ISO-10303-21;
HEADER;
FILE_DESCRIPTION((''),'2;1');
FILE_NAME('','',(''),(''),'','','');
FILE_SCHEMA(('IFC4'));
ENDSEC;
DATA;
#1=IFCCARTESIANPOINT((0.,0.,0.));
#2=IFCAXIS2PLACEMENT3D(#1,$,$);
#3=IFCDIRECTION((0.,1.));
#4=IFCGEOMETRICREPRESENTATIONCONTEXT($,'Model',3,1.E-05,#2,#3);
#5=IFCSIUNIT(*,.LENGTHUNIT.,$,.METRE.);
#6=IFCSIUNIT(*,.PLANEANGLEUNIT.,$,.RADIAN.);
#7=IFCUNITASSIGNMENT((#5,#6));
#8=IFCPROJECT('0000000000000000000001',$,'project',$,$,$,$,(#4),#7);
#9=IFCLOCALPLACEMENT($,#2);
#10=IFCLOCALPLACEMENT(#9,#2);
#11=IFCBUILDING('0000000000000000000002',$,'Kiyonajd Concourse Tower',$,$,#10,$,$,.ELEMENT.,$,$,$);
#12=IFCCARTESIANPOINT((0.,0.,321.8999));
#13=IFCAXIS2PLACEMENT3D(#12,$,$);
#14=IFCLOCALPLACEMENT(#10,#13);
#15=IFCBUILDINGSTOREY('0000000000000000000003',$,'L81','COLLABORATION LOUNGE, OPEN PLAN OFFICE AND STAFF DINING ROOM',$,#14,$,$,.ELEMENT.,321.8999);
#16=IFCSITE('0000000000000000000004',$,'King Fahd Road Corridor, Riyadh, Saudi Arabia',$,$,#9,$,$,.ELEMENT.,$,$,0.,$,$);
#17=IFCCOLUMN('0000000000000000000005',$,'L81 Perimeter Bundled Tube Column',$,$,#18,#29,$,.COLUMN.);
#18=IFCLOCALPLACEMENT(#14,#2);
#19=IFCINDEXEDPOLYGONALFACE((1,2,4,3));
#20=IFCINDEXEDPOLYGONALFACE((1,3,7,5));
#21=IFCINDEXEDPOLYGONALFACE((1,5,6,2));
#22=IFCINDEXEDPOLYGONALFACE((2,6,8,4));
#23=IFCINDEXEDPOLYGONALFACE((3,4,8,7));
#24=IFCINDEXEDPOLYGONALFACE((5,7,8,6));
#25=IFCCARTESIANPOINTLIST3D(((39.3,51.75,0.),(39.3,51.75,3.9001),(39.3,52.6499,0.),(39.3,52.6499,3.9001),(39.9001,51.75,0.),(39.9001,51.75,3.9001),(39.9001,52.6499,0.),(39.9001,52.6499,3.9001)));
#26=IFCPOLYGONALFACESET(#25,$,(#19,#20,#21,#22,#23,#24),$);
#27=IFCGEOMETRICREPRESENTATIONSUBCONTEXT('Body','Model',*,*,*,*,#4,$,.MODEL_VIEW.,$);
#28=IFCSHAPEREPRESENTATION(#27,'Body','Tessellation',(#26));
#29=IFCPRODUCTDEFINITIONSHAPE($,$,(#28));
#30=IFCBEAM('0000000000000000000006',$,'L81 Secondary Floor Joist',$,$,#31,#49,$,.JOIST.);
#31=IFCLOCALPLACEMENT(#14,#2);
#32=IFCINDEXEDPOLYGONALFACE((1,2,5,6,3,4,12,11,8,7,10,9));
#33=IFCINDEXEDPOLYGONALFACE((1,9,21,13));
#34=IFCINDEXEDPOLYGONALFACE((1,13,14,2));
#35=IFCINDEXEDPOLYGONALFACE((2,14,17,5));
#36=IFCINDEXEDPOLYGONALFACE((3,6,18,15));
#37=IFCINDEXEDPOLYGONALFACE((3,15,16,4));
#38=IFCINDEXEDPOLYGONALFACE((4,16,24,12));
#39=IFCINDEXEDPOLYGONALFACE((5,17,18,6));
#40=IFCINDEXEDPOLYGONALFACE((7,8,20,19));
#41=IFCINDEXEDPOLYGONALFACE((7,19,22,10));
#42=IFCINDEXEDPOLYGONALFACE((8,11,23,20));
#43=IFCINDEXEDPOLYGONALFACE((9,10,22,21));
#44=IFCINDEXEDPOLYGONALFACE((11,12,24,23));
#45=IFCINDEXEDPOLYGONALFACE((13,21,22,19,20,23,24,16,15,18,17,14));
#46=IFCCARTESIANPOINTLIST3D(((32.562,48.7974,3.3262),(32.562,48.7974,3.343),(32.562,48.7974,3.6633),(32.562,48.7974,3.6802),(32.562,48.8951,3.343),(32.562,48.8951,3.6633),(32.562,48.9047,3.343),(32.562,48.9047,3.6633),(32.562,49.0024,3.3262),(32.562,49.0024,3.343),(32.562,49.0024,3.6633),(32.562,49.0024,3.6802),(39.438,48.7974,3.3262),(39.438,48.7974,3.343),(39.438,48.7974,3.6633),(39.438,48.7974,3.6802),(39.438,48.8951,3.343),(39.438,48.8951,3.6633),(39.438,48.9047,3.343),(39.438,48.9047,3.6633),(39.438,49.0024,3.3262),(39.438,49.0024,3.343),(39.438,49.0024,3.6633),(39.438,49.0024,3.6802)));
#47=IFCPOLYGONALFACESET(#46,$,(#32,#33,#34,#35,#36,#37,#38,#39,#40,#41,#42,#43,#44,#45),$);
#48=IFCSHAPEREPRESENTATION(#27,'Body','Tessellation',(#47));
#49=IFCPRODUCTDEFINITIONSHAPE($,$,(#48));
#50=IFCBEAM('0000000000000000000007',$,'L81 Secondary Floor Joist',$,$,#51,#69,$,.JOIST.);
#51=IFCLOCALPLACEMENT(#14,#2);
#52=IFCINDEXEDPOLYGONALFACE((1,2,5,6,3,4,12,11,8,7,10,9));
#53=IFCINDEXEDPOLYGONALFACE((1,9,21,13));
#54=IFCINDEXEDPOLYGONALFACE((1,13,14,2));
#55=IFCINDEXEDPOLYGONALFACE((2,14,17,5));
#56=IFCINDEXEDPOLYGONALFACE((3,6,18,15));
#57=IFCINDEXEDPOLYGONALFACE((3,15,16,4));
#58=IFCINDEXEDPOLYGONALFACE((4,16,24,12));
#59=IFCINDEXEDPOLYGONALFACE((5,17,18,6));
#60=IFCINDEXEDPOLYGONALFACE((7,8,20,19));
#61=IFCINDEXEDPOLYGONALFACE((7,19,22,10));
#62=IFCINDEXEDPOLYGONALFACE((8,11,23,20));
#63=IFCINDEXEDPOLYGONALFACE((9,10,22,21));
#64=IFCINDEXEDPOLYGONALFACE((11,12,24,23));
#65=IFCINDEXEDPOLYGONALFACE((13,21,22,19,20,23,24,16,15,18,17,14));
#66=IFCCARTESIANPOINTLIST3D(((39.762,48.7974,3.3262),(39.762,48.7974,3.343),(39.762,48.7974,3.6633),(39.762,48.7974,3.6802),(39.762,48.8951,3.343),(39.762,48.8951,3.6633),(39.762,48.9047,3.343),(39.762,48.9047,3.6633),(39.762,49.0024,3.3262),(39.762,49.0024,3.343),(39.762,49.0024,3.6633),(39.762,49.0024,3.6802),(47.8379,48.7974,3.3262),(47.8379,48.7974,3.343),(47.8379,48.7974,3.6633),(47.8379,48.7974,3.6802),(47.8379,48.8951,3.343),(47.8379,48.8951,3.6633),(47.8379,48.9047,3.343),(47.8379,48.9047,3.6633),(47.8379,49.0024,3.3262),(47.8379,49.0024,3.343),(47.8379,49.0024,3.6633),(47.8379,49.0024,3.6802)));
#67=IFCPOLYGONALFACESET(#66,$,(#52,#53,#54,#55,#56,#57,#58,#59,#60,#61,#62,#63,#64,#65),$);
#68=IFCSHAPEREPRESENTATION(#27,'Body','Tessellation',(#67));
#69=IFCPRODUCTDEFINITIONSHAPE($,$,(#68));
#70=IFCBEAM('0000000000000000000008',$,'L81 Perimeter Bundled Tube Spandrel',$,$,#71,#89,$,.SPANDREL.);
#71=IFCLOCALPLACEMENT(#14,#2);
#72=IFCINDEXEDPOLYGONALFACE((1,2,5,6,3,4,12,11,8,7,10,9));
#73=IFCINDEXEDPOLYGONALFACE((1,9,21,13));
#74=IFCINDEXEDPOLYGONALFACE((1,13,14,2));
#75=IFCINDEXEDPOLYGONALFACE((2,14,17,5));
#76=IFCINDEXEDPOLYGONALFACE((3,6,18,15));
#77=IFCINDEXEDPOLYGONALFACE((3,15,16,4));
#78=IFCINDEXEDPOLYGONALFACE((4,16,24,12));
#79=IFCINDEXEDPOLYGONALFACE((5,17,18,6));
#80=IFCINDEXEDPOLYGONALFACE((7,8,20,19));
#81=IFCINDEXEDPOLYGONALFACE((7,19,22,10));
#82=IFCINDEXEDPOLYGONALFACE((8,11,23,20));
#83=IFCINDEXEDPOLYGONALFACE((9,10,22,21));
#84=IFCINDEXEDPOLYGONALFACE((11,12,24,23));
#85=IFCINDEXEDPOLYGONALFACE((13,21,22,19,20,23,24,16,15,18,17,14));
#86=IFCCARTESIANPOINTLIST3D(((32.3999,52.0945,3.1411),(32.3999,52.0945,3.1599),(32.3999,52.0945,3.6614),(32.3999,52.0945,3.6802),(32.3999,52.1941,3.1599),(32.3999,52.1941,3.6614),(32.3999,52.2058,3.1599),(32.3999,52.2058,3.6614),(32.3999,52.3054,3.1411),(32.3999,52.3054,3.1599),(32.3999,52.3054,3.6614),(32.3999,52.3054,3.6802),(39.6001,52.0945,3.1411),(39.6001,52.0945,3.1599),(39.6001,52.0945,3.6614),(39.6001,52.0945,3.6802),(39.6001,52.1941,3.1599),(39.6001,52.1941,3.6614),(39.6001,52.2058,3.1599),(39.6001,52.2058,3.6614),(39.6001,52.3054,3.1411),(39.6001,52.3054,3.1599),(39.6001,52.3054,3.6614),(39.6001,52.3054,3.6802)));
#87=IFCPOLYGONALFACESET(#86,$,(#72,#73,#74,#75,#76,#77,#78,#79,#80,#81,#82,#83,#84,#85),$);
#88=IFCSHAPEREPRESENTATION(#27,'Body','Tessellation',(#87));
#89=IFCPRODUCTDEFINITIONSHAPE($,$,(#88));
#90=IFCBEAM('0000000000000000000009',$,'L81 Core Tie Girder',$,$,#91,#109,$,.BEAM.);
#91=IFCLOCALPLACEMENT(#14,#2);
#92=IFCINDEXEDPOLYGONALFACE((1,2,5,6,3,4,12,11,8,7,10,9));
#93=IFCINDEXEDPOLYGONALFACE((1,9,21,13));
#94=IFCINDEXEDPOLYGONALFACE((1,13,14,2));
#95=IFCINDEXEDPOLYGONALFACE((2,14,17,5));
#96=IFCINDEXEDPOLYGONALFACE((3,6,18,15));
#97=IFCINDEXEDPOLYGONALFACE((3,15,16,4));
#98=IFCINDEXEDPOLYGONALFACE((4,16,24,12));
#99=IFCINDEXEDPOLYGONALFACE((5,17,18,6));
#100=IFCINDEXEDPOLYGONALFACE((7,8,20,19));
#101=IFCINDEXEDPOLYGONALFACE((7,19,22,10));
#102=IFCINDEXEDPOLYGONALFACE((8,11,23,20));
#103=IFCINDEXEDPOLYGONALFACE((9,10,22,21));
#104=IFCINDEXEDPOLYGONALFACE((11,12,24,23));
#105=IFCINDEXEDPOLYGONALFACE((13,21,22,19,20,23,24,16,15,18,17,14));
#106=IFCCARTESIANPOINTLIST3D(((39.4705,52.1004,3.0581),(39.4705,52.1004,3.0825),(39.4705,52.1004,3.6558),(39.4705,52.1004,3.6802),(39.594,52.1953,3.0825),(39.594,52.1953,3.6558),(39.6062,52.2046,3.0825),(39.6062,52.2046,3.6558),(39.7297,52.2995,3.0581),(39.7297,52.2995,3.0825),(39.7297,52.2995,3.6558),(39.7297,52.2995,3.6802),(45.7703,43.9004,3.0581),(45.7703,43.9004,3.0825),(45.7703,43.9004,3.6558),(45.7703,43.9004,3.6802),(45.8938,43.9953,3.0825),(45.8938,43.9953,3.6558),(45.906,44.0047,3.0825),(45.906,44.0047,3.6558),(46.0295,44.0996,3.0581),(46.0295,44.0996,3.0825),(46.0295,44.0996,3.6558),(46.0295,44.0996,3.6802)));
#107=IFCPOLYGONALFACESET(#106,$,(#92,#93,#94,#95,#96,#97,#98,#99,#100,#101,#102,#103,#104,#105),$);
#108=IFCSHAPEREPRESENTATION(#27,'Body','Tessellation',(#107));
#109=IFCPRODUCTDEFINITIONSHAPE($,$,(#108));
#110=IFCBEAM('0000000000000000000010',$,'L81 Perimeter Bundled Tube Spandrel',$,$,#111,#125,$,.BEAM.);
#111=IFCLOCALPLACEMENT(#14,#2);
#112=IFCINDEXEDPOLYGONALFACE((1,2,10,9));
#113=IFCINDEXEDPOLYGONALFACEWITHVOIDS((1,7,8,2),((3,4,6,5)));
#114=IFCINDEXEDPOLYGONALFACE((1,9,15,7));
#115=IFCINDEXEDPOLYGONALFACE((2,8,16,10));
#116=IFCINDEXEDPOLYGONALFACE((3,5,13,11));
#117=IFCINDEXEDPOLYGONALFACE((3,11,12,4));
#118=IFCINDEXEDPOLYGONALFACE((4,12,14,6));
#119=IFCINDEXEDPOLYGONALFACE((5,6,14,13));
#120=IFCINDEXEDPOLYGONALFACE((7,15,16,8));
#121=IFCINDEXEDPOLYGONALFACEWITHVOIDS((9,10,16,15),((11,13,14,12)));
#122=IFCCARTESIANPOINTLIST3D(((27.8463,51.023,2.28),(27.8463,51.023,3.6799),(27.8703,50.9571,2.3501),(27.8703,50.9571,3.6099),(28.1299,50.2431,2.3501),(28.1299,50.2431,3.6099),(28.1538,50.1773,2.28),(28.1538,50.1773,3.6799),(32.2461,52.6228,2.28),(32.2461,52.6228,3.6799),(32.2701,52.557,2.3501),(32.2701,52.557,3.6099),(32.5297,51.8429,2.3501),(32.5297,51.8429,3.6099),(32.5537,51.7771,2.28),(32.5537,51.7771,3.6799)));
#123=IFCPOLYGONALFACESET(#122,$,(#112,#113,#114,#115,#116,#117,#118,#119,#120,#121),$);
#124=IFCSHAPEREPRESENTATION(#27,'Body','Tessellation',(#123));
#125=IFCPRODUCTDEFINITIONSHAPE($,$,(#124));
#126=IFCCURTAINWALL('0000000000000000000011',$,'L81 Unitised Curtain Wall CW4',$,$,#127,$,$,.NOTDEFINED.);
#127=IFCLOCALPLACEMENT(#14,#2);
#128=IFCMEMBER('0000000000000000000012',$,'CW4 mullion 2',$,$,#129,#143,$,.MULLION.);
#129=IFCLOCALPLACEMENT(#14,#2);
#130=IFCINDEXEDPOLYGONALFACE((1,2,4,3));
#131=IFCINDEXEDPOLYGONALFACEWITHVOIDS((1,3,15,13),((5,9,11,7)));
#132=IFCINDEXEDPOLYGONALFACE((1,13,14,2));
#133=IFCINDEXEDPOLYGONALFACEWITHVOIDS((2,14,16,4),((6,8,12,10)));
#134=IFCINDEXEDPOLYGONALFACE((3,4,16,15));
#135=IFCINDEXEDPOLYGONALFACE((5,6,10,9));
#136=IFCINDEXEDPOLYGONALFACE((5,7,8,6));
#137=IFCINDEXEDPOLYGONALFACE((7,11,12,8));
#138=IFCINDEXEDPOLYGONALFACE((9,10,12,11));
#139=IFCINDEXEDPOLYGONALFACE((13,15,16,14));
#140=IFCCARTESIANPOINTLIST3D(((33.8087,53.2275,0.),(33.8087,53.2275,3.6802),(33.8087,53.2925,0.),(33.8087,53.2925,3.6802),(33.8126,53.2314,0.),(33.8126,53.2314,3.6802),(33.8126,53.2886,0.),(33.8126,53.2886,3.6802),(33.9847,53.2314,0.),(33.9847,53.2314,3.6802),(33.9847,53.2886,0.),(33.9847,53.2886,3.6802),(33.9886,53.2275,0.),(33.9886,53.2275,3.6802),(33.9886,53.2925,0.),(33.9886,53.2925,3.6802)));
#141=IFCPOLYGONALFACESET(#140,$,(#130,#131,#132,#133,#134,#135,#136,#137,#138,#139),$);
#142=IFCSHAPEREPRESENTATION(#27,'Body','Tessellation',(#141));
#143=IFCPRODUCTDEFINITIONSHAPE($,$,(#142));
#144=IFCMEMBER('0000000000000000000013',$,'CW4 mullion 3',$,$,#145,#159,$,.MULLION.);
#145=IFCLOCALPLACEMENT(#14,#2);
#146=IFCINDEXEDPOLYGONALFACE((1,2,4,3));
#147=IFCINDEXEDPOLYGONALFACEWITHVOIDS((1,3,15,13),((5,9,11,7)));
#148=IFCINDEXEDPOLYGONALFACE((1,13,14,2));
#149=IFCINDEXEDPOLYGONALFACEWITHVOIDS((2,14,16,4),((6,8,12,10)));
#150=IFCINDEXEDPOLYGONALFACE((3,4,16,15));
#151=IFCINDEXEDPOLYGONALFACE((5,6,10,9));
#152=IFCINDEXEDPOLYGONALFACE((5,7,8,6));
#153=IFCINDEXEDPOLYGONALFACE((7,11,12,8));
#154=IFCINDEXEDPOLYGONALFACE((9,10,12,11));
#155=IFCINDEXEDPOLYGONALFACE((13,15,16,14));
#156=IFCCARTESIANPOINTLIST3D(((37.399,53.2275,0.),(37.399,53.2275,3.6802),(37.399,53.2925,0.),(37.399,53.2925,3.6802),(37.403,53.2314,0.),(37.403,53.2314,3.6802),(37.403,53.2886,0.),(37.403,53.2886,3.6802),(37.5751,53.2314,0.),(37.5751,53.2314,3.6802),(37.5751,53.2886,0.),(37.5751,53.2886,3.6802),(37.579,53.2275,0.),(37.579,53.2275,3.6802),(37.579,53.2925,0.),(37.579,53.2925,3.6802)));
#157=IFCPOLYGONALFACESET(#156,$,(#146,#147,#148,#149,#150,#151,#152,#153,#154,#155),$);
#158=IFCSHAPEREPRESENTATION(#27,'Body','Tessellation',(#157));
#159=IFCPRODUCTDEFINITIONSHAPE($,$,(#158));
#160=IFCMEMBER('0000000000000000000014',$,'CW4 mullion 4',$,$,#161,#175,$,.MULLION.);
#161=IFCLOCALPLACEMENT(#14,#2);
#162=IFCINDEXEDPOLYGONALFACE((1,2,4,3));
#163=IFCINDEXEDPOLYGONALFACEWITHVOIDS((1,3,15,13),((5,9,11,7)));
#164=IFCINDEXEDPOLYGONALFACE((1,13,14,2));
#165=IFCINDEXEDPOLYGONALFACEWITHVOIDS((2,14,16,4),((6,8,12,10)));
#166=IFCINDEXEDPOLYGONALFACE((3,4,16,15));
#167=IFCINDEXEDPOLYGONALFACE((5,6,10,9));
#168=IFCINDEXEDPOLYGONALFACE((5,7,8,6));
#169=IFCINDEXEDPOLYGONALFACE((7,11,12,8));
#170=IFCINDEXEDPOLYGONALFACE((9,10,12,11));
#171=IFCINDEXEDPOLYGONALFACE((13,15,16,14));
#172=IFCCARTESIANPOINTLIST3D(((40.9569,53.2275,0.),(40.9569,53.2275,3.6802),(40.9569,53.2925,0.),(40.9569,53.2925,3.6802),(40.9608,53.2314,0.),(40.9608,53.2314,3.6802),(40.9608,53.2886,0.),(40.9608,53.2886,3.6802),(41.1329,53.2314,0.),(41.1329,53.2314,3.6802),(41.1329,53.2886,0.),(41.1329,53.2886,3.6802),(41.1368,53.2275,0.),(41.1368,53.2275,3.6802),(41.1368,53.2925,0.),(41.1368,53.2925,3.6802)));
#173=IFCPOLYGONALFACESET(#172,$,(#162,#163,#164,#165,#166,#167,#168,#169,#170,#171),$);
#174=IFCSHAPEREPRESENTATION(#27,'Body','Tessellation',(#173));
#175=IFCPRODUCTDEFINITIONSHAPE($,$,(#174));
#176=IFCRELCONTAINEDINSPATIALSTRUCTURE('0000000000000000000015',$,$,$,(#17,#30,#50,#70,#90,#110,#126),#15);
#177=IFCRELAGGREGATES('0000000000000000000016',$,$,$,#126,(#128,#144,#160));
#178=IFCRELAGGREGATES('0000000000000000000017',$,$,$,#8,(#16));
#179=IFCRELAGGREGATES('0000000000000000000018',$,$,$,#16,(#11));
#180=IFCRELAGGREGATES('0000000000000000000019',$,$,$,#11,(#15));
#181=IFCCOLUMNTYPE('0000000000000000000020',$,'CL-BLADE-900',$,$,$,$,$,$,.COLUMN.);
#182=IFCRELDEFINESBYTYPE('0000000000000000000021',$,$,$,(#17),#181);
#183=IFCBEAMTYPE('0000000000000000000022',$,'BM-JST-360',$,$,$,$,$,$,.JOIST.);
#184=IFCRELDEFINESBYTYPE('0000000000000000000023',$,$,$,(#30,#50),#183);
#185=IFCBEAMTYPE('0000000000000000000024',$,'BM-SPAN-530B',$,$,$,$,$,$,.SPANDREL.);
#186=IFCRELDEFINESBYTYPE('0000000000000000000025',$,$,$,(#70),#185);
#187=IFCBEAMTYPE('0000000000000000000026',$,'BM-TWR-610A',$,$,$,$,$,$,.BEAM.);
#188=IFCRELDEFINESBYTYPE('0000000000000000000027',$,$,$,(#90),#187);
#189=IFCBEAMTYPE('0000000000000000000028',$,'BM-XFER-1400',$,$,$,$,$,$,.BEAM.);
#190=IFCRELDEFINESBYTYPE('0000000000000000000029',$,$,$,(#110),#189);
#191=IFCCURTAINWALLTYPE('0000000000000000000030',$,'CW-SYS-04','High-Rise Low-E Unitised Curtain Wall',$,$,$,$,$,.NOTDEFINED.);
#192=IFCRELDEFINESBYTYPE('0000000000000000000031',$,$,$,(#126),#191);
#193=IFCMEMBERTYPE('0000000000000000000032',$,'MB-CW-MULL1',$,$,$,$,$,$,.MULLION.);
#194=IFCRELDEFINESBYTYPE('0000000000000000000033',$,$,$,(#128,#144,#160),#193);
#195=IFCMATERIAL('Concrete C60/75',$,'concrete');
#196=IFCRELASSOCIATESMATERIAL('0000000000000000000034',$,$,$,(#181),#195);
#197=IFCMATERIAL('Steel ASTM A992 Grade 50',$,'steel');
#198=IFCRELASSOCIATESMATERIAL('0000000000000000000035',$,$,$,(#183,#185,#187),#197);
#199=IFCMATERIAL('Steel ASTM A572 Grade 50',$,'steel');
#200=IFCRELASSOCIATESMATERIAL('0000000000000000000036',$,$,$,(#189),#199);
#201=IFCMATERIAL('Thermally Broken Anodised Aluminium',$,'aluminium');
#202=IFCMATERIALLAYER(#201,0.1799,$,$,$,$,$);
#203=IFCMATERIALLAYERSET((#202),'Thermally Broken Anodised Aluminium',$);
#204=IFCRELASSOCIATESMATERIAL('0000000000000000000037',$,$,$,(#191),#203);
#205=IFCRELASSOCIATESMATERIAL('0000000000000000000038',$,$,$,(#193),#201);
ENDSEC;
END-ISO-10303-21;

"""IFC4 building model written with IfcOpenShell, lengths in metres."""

from ifc_helpers import new_model, si_unit, direction, frame, origin, origin_2d, place, context, subcontext, project, spatial, rectangle, hollow_rectangle, i_section, extrude, material, layer, layer_set, material_profile, profile_set, type_object, element, aggregate, save


model = new_model("IFC4")

# Units and contexts
model_context = context("Model", 3, precision=1e-05, world=origin(), true_north=direction((0.0, 1.0)))
body_context = subcontext(model_context, "Body", "Model", "MODEL_VIEW")
ifc_project = project(units=[si_unit("LENGTHUNIT", "METRE"), si_unit("PLANEANGLEUNIT", "RADIAN")], contexts=[model_context])

# Site, building, storey
site_placement = place(None, origin())
site = spatial("IfcSite", under=ifc_project, at=site_placement, Name="King Fahd Road Corridor, Riyadh, Saudi Arabia", CompositionType="ELEMENT", RefElevation=0.0)
building_placement = place(site_placement, origin())
building = spatial("IfcBuilding", under=site, at=building_placement, Name="Kiyonajd Concourse Tower", CompositionType="ELEMENT")
storey_placement = place(building_placement, frame((0.0, 0.0, 321.8999)))
storey = spatial("IfcBuildingStorey", under=building, at=storey_placement, Name="L81", Description="COLLABORATION LOUNGE, OPEN PLAN OFFICE AND STAFF DINING ROOM", CompositionType="ELEMENT", Elevation=321.8999)

# Column
ifc_material_1 = material(Name="Concrete C60/75", Category="concrete")
ifc_material_profile_1 = material_profile(ifc_material_1, rectangle(XDim=0.6001, YDim=0.8999, at=origin_2d()), Name="RC-900x600")
ifc_profile_set_1 = profile_set([ifc_material_profile_1], Name="Concrete C60/75")
column_type = type_object("IfcColumnType", Name="CL-BLADE-900", PredefinedType="COLUMN", material=ifc_profile_set_1)
column_placement = place(storey_placement, frame((39.6001, 52.2, 0.0), z_axis=(0.0, 0.0, 1.0), x_axis=(1.0, 0.0, 0.0)))
element("IfcColumn", 1, at=column_placement, inside=storey, type_object=column_type, Name="L81 Perimeter Bundled Tube Column", PredefinedType="COLUMN", context=body_context, shape_type="SweptSolid", body=[
    extrude(rectangle(XDim=0.6001, YDim=0.8999, at=origin_2d()), origin(), (0.0, 0.0, 1.0), 3.9001),
])

# Beams
ifc_material_2 = material(Name="Steel ASTM A992 Grade 50", Category="steel")
ifc_material_profile_2 = material_profile(ifc_material_2, i_section(OverallWidth=0.2051, OverallDepth=0.354, WebThickness=0.0095, FlangeThickness=0.0168, at=origin_2d()), Name="W360X79")
ifc_profile_set_2 = profile_set([ifc_material_profile_2], Name="Steel ASTM A992 Grade 50")
beam_type_1 = type_object("IfcBeamType", Name="BM-JST-360", PredefinedType="JOIST", material=ifc_profile_set_2)
beam_1_placement = place(storey_placement, frame((32.562, 48.8999, 3.5032), z_axis=(1.0, 0.0, 0.0), x_axis=(0.0, 1.0, 0.0)))
element("IfcBeam", 2, at=beam_1_placement, inside=storey, type_object=beam_type_1, Name="L81 Secondary Floor Joist", PredefinedType="JOIST", context=body_context, shape_type="SweptSolid", body=[
    extrude(i_section(OverallWidth=0.2051, OverallDepth=0.354, WebThickness=0.0095, FlangeThickness=0.0168, at=origin_2d()), origin(), (0.0, 0.0, 1.0), 6.876),
])
beam_2_placement = place(storey_placement, frame((39.762, 48.8999, 3.5032), z_axis=(1.0, 0.0, 0.0), x_axis=(0.0, 1.0, 0.0)))
element("IfcBeam", 3, at=beam_2_placement, inside=storey, type_object=beam_type_1, Name="L81 Secondary Floor Joist", PredefinedType="JOIST", context=body_context, shape_type="SweptSolid", body=[
    extrude(i_section(OverallWidth=0.2051, OverallDepth=0.354, WebThickness=0.0095, FlangeThickness=0.0168, at=origin_2d()), origin(), (0.0, 0.0, 1.0), 8.0759),
])
ifc_material_profile_3 = material_profile(ifc_material_2, i_section(OverallWidth=0.2109, OverallDepth=0.5391, WebThickness=0.0117, FlangeThickness=0.0188, at=origin_2d()), Name="W530X109")
ifc_profile_set_3 = profile_set([ifc_material_profile_3], Name="Steel ASTM A992 Grade 50")
beam_type_2 = type_object("IfcBeamType", Name="BM-SPAN-530B", PredefinedType="SPANDREL", material=ifc_profile_set_3)
beam_3_placement = place(storey_placement, frame((39.6001, 52.2, 3.4106), z_axis=(-1.0, 0.0, 0.0), x_axis=(0.0, -1.0, 0.0)))
element("IfcBeam", 4, at=beam_3_placement, inside=storey, type_object=beam_type_2, Name="L81 Perimeter Bundled Tube Spandrel", PredefinedType="SPANDREL", context=body_context, shape_type="SweptSolid", body=[
    extrude(i_section(OverallWidth=0.2109, OverallDepth=0.5391, WebThickness=0.0117, FlangeThickness=0.0188, at=origin_2d()), origin(), (0.0, 0.0, 1.0), 7.2002),
])
ifc_material_profile_4 = material_profile(ifc_material_2, i_section(OverallWidth=0.3269, OverallDepth=0.6221, WebThickness=0.0154, FlangeThickness=0.0244, at=origin_2d()), Name="W610X195")
ifc_profile_set_4 = profile_set([ifc_material_profile_4], Name="Steel ASTM A992 Grade 50")
beam_type_3 = type_object("IfcBeamType", Name="BM-TWR-610A", PredefinedType="BEAM", material=ifc_profile_set_4)
beam_4_placement = place(storey_placement, frame((39.6001, 52.2, 3.3691), z_axis=(0.609234, -0.792991, 0.0), x_axis=(0.792991, 0.609234, 0.0)))
element("IfcBeam", 5, at=beam_4_placement, inside=storey, type_object=beam_type_3, Name="L81 Core Tie Girder", PredefinedType="BEAM", context=body_context, shape_type="SweptSolid", body=[
    extrude(i_section(OverallWidth=0.3269, OverallDepth=0.6221, WebThickness=0.0154, FlangeThickness=0.0244, at=origin_2d()), origin(), (0.0, 0.0, 1.0), 10.3406),
])
ifc_material_3 = material(Name="Steel ASTM A572 Grade 50", Category="steel")
ifc_material_profile_5 = material_profile(ifc_material_3, hollow_rectangle(XDim=0.8999, YDim=1.3999, WallThickness=0.0701, at=origin_2d()), Name="BOX-1400x900x70")
ifc_profile_set_5 = profile_set([ifc_material_profile_5], Name="Steel ASTM A572 Grade 50")
beam_type_4 = type_object("IfcBeamType", Name="BM-XFER-1400", PredefinedType="BEAM", material=ifc_profile_set_5)
beam_5_placement = place(storey_placement, frame((32.3999, 52.2, 2.98), z_axis=(-0.939801, -0.341722, 0.0), x_axis=(0.341722, -0.939801, 0.0)))
element("IfcBeam", 6, at=beam_5_placement, inside=storey, type_object=beam_type_4, Name="L81 Perimeter Bundled Tube Spandrel", PredefinedType="BEAM", context=body_context, shape_type="SweptSolid", body=[
    extrude(hollow_rectangle(XDim=0.8999, YDim=1.3999, WallThickness=0.0701, at=origin_2d()), origin(), (0.0, 0.0, 1.0), 4.6816),
])

# Curtain wall, members
ifc_material_4 = material(Name="Thermally Broken Anodised Aluminium", Category="aluminium")
ifc_layer_1 = layer(ifc_material_4, 0.1799)
ifc_layer_set_1 = layer_set([ifc_layer_1], Name="Thermally Broken Anodised Aluminium")
curtain_wall_type = type_object("IfcCurtainWallType", Name="CW-SYS-04", Description="High-Rise Low-E Unitised Curtain Wall", PredefinedType="NOTDEFINED", material=ifc_layer_set_1)
curtain_wall_placement = place(storey_placement, origin())
curtain_wall = element("IfcCurtainWall", 7, at=curtain_wall_placement, inside=storey, type_object=curtain_wall_type, Name="L81 Unitised Curtain Wall CW4", PredefinedType="NOTDEFINED")
ifc_material_profile_6 = material_profile(ifc_material_4, hollow_rectangle(XDim=0.0649, YDim=0.1799, WallThickness=0.0039, at=origin_2d()), Name="MULL-65x180")
ifc_profile_set_6 = profile_set([ifc_material_profile_6], Name="Thermally Broken Anodised Aluminium")
member_type_1 = type_object("IfcMemberType", Name="MB-CW-MULL1", PredefinedType="MULLION", material=ifc_profile_set_6)
member_1_placement = place(storey_placement, frame((33.8987, 53.26, 0.0), z_axis=(0.0, 0.0, 1.0), x_axis=(0.0, 1.0, 0.0)))
member_1 = element("IfcMember", 8, at=member_1_placement, type_object=member_type_1, Name="CW4 mullion 2", PredefinedType="MULLION", context=body_context, shape_type="SweptSolid", body=[
    extrude(hollow_rectangle(XDim=0.0649, YDim=0.1799, WallThickness=0.0039, at=origin_2d()), origin(), (0.0, 0.0, 1.0), 3.6802),
])
member_2_placement = place(storey_placement, frame((37.489, 53.26, 0.0), z_axis=(0.0, 0.0, 1.0), x_axis=(0.0, 1.0, 0.0)))
member_2 = element("IfcMember", 9, at=member_2_placement, type_object=member_type_1, Name="CW4 mullion 3", PredefinedType="MULLION", context=body_context, shape_type="SweptSolid", body=[
    extrude(hollow_rectangle(XDim=0.0649, YDim=0.1799, WallThickness=0.0039, at=origin_2d()), origin(), (0.0, 0.0, 1.0), 3.6802),
])
member_3_placement = place(storey_placement, frame((41.0469, 53.26, 0.0), z_axis=(0.0, 0.0, 1.0), x_axis=(0.0, 1.0, 0.0)))
member_3 = element("IfcMember", 10, at=member_3_placement, type_object=member_type_1, Name="CW4 mullion 4", PredefinedType="MULLION", context=body_context, shape_type="SweptSolid", body=[
    extrude(hollow_rectangle(XDim=0.0649, YDim=0.1799, WallThickness=0.0039, at=origin_2d()), origin(), (0.0, 0.0, 1.0), 3.6802),
])

aggregate(curtain_wall, [member_1, member_2, member_3])

save(model, "model.ifc")
